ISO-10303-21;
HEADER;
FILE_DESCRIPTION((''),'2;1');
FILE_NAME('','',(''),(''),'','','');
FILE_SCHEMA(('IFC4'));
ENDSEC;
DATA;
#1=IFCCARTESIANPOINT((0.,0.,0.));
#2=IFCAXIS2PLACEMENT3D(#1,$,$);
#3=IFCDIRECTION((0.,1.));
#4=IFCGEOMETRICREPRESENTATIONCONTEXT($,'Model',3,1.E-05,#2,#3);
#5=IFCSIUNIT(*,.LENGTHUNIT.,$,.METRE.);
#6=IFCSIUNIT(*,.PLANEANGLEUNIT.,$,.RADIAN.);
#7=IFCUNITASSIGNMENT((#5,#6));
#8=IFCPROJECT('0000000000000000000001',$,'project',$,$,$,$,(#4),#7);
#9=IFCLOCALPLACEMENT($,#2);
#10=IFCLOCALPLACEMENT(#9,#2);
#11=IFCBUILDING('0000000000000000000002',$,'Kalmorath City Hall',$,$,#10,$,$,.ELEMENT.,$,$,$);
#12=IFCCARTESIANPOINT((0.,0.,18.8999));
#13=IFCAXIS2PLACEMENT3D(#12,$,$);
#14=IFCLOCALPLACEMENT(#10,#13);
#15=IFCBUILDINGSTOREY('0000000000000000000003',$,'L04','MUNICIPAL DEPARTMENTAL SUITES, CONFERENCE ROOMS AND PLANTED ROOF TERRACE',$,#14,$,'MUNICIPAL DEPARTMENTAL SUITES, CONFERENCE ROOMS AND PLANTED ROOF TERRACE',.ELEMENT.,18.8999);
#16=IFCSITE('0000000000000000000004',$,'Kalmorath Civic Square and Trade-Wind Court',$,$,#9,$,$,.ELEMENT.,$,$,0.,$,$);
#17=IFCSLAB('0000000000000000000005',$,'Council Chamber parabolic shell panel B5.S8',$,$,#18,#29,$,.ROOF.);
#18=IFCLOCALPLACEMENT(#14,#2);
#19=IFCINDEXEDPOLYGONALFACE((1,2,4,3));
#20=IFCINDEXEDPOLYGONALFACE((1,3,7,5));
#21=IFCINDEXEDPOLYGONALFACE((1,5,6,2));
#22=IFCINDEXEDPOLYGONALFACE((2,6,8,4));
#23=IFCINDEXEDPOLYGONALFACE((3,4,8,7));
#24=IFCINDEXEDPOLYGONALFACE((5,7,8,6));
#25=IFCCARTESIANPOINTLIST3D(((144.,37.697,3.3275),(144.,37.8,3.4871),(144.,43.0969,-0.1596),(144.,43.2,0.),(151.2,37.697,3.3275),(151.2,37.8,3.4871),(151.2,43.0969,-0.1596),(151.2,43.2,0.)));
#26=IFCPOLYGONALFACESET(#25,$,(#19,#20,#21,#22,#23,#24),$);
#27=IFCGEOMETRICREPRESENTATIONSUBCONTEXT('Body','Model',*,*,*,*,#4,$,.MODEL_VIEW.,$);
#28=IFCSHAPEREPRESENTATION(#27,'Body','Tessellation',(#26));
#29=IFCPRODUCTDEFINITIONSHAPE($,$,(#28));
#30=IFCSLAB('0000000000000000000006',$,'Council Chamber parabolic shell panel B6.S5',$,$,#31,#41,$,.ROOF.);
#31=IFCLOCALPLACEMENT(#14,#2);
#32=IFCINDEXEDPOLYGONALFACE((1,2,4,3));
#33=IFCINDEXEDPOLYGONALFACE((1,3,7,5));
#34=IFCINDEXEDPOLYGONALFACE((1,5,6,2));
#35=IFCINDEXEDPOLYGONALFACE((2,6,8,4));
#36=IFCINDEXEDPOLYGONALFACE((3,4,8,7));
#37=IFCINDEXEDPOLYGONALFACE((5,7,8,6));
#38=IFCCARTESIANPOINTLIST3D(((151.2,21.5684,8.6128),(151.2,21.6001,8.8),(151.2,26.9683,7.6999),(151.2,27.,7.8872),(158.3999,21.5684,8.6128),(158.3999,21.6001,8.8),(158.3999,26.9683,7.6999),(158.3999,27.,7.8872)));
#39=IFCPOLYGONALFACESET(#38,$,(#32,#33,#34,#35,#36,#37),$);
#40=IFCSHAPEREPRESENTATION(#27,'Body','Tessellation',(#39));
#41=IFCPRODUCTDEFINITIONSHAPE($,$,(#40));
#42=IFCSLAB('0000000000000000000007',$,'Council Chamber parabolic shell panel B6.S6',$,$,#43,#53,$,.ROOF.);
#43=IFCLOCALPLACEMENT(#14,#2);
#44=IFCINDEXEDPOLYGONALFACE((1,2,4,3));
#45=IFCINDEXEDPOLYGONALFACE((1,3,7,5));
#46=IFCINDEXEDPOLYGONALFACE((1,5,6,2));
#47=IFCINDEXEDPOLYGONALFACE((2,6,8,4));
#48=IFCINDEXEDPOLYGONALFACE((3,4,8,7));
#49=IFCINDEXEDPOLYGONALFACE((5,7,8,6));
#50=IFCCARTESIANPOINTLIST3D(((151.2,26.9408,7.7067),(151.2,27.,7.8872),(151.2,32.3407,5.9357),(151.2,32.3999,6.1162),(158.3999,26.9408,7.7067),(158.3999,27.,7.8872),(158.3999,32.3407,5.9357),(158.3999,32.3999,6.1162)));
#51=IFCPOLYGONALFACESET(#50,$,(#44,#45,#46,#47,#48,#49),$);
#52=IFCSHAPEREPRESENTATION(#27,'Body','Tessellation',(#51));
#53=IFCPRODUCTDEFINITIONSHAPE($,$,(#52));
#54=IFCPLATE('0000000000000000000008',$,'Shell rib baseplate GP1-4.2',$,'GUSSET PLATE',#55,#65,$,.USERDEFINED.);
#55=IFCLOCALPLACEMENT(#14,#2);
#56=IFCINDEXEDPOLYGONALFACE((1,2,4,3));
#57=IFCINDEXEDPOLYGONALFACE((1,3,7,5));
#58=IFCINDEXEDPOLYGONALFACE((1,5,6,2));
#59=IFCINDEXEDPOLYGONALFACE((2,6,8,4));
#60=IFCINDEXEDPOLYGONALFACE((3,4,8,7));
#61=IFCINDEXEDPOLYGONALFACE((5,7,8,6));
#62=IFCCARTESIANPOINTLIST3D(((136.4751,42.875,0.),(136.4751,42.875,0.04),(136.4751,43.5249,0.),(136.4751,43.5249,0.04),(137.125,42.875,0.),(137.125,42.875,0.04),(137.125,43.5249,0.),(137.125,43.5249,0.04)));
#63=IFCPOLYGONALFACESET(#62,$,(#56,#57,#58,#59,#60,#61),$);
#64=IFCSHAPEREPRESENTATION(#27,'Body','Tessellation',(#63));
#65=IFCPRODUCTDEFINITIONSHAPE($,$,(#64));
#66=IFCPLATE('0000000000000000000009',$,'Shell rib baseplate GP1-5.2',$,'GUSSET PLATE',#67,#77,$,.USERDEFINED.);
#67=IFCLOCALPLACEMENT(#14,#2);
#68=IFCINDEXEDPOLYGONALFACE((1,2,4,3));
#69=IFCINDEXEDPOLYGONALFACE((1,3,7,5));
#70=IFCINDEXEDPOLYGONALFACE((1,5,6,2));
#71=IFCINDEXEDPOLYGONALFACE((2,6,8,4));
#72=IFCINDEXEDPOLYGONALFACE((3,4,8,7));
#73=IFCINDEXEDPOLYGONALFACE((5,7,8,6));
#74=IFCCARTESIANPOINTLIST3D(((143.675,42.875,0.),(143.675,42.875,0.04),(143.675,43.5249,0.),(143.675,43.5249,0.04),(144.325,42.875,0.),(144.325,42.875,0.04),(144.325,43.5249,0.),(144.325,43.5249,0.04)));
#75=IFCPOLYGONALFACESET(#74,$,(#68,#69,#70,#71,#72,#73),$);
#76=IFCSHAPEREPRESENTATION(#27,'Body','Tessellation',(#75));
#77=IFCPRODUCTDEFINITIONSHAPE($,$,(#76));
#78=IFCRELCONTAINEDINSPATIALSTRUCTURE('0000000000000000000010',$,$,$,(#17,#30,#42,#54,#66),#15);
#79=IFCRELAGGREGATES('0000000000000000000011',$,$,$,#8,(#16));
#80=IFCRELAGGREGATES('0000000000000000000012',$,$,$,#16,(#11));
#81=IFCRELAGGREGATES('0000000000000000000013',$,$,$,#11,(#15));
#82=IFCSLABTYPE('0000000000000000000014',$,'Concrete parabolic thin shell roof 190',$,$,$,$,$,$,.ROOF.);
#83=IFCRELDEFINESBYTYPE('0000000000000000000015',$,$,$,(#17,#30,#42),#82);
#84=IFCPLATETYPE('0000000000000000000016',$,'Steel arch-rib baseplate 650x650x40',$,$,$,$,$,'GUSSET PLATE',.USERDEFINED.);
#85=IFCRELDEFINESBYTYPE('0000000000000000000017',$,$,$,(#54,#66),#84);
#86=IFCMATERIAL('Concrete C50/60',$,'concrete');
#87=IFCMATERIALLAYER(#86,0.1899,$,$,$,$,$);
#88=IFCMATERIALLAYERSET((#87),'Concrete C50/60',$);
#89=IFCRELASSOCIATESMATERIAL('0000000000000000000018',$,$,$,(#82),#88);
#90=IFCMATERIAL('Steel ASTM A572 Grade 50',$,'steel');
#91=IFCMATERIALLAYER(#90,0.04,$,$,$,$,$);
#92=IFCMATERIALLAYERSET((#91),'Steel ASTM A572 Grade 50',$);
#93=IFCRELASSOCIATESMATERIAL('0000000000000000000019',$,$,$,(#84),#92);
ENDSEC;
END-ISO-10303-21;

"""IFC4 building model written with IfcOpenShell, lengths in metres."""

from ifc_helpers import new_model, si_unit, direction, frame, origin, origin_2d, place, context, subcontext, project, spatial, polyline, rectangle, outline, extrude, material, layer, layer_set, type_object, element, save


model = new_model("IFC4")

# Units and contexts
model_context = context("Model", 3, precision=1e-05, world=origin(), true_north=direction((0.0, 1.0)))
body_context = subcontext(model_context, "Body", "Model", "MODEL_VIEW")
ifc_project = project(units=[si_unit("LENGTHUNIT", "METRE"), si_unit("PLANEANGLEUNIT", "RADIAN")], contexts=[model_context])

# Site, building, storey
site_placement = place(None, origin())
site = spatial("IfcSite", under=ifc_project, at=site_placement, Name="Kalmorath Civic Square and Trade-Wind Court", CompositionType="ELEMENT", RefElevation=0.0)
building_placement = place(site_placement, origin())
building = spatial("IfcBuilding", under=site, at=building_placement, Name="Kalmorath City Hall", CompositionType="ELEMENT")
storey_placement = place(building_placement, frame((0.0, 0.0, 18.8999)))
storey = spatial("IfcBuildingStorey", under=building, at=storey_placement, Name="L04", Description="MUNICIPAL DEPARTMENTAL SUITES, CONFERENCE ROOMS AND PLANTED ROOF TERRACE", LongName="MUNICIPAL DEPARTMENTAL SUITES, CONFERENCE ROOMS AND PLANTED ROOF TERRACE", CompositionType="ELEMENT", Elevation=18.8999)

# Slabs
ifc_material_1 = material(Name="Concrete C50/60", Category="concrete")
ifc_layer_1 = layer(ifc_material_1, 0.1899)
ifc_layer_set_1 = layer_set([ifc_layer_1], Name="Concrete C50/60")
slab_type = type_object("IfcSlabType", Name="Concrete parabolic thin shell roof 190", PredefinedType="ROOF", material=ifc_layer_set_1)
slab_1_placement = place(storey_placement, frame((144.0, 37.8, 3.4871), z_axis=(0.0, 0.542484, 0.840066), x_axis=(1.0, 0.0, 0.0)))
element("IfcSlab", 1, at=slab_1_placement, inside=storey, type_object=slab_type, Name="Council Chamber parabolic shell panel B5.S8", PredefinedType="ROOF", context=body_context, shape_type="SweptSolid", body=[
    extrude(outline(polyline([(0.0, 0.0), (7.2, 0.0), (7.2, 6.4279), (0.0, 6.4279), (0.0, 0.0)])), origin(), (0.0, 0.0, -1.0), 0.1899),
])
slab_2_placement = place(storey_placement, frame((151.2, 21.6001, 8.8), z_axis=(0.0, 0.166683, 0.986011), x_axis=(1.0, 0.0, 0.0)))
element("IfcSlab", 2, at=slab_2_placement, inside=storey, type_object=slab_type, Name="Council Chamber parabolic shell panel B6.S5", PredefinedType="ROOF", context=body_context, shape_type="SweptSolid", body=[
    extrude(outline(polyline([(0.0, 0.0), (7.2, 0.0), (7.2, 5.4765), (0.0, 5.4765), (0.0, 0.0)])), origin(), (0.0, 0.0, -1.0), 0.1899),
])
slab_3_placement = place(storey_placement, frame((151.2, 27.0, 7.8872), z_axis=(0.0, 0.311636, 0.950202), x_axis=(1.0, 0.0, 0.0)))
element("IfcSlab", 3, at=slab_3_placement, inside=storey, type_object=slab_type, Name="Council Chamber parabolic shell panel B6.S6", PredefinedType="ROOF", context=body_context, shape_type="SweptSolid", body=[
    extrude(outline(polyline([(0.0, 0.0), (7.2, 0.0), (7.2, 5.6829), (0.0, 5.6829), (0.0, 0.0)])), origin(), (0.0, 0.0, -1.0), 0.1899),
])

# Plates
ifc_material_2 = material(Name="Steel ASTM A572 Grade 50", Category="steel")
ifc_layer_2 = layer(ifc_material_2, 0.04)
ifc_layer_set_2 = layer_set([ifc_layer_2], Name="Steel ASTM A572 Grade 50")
plate_type = type_object("IfcPlateType", Name="Steel arch-rib baseplate 650x650x40", ElementType="GUSSET PLATE", PredefinedType="USERDEFINED", material=ifc_layer_set_2)
for number, where, z_axis, x_axis, name in (
    (4, (136.8, 43.2, 0.0), (0.0, 0.0, 1.0), (1.0, 0.0, 0.0), "Shell rib baseplate GP1-4.2"),
    (5, (144.0, 43.2, 0.0), (0.0, 0.0, 1.0), (1.0, 0.0, 0.0), "Shell rib baseplate GP1-5.2"),
):
    element("IfcPlate", number, at=place(storey_placement, frame(where, z_axis=z_axis, x_axis=x_axis)), inside=storey, type_object=plate_type, Name=name, ObjectType="GUSSET PLATE", PredefinedType="USERDEFINED", context=body_context, shape_type="SweptSolid", body=[
        extrude(rectangle(XDim=0.6499, YDim=0.6499, at=origin_2d()), origin(), (0.0, 0.0, 1.0), 0.04),
    ])

save(model, "model.ifc")
